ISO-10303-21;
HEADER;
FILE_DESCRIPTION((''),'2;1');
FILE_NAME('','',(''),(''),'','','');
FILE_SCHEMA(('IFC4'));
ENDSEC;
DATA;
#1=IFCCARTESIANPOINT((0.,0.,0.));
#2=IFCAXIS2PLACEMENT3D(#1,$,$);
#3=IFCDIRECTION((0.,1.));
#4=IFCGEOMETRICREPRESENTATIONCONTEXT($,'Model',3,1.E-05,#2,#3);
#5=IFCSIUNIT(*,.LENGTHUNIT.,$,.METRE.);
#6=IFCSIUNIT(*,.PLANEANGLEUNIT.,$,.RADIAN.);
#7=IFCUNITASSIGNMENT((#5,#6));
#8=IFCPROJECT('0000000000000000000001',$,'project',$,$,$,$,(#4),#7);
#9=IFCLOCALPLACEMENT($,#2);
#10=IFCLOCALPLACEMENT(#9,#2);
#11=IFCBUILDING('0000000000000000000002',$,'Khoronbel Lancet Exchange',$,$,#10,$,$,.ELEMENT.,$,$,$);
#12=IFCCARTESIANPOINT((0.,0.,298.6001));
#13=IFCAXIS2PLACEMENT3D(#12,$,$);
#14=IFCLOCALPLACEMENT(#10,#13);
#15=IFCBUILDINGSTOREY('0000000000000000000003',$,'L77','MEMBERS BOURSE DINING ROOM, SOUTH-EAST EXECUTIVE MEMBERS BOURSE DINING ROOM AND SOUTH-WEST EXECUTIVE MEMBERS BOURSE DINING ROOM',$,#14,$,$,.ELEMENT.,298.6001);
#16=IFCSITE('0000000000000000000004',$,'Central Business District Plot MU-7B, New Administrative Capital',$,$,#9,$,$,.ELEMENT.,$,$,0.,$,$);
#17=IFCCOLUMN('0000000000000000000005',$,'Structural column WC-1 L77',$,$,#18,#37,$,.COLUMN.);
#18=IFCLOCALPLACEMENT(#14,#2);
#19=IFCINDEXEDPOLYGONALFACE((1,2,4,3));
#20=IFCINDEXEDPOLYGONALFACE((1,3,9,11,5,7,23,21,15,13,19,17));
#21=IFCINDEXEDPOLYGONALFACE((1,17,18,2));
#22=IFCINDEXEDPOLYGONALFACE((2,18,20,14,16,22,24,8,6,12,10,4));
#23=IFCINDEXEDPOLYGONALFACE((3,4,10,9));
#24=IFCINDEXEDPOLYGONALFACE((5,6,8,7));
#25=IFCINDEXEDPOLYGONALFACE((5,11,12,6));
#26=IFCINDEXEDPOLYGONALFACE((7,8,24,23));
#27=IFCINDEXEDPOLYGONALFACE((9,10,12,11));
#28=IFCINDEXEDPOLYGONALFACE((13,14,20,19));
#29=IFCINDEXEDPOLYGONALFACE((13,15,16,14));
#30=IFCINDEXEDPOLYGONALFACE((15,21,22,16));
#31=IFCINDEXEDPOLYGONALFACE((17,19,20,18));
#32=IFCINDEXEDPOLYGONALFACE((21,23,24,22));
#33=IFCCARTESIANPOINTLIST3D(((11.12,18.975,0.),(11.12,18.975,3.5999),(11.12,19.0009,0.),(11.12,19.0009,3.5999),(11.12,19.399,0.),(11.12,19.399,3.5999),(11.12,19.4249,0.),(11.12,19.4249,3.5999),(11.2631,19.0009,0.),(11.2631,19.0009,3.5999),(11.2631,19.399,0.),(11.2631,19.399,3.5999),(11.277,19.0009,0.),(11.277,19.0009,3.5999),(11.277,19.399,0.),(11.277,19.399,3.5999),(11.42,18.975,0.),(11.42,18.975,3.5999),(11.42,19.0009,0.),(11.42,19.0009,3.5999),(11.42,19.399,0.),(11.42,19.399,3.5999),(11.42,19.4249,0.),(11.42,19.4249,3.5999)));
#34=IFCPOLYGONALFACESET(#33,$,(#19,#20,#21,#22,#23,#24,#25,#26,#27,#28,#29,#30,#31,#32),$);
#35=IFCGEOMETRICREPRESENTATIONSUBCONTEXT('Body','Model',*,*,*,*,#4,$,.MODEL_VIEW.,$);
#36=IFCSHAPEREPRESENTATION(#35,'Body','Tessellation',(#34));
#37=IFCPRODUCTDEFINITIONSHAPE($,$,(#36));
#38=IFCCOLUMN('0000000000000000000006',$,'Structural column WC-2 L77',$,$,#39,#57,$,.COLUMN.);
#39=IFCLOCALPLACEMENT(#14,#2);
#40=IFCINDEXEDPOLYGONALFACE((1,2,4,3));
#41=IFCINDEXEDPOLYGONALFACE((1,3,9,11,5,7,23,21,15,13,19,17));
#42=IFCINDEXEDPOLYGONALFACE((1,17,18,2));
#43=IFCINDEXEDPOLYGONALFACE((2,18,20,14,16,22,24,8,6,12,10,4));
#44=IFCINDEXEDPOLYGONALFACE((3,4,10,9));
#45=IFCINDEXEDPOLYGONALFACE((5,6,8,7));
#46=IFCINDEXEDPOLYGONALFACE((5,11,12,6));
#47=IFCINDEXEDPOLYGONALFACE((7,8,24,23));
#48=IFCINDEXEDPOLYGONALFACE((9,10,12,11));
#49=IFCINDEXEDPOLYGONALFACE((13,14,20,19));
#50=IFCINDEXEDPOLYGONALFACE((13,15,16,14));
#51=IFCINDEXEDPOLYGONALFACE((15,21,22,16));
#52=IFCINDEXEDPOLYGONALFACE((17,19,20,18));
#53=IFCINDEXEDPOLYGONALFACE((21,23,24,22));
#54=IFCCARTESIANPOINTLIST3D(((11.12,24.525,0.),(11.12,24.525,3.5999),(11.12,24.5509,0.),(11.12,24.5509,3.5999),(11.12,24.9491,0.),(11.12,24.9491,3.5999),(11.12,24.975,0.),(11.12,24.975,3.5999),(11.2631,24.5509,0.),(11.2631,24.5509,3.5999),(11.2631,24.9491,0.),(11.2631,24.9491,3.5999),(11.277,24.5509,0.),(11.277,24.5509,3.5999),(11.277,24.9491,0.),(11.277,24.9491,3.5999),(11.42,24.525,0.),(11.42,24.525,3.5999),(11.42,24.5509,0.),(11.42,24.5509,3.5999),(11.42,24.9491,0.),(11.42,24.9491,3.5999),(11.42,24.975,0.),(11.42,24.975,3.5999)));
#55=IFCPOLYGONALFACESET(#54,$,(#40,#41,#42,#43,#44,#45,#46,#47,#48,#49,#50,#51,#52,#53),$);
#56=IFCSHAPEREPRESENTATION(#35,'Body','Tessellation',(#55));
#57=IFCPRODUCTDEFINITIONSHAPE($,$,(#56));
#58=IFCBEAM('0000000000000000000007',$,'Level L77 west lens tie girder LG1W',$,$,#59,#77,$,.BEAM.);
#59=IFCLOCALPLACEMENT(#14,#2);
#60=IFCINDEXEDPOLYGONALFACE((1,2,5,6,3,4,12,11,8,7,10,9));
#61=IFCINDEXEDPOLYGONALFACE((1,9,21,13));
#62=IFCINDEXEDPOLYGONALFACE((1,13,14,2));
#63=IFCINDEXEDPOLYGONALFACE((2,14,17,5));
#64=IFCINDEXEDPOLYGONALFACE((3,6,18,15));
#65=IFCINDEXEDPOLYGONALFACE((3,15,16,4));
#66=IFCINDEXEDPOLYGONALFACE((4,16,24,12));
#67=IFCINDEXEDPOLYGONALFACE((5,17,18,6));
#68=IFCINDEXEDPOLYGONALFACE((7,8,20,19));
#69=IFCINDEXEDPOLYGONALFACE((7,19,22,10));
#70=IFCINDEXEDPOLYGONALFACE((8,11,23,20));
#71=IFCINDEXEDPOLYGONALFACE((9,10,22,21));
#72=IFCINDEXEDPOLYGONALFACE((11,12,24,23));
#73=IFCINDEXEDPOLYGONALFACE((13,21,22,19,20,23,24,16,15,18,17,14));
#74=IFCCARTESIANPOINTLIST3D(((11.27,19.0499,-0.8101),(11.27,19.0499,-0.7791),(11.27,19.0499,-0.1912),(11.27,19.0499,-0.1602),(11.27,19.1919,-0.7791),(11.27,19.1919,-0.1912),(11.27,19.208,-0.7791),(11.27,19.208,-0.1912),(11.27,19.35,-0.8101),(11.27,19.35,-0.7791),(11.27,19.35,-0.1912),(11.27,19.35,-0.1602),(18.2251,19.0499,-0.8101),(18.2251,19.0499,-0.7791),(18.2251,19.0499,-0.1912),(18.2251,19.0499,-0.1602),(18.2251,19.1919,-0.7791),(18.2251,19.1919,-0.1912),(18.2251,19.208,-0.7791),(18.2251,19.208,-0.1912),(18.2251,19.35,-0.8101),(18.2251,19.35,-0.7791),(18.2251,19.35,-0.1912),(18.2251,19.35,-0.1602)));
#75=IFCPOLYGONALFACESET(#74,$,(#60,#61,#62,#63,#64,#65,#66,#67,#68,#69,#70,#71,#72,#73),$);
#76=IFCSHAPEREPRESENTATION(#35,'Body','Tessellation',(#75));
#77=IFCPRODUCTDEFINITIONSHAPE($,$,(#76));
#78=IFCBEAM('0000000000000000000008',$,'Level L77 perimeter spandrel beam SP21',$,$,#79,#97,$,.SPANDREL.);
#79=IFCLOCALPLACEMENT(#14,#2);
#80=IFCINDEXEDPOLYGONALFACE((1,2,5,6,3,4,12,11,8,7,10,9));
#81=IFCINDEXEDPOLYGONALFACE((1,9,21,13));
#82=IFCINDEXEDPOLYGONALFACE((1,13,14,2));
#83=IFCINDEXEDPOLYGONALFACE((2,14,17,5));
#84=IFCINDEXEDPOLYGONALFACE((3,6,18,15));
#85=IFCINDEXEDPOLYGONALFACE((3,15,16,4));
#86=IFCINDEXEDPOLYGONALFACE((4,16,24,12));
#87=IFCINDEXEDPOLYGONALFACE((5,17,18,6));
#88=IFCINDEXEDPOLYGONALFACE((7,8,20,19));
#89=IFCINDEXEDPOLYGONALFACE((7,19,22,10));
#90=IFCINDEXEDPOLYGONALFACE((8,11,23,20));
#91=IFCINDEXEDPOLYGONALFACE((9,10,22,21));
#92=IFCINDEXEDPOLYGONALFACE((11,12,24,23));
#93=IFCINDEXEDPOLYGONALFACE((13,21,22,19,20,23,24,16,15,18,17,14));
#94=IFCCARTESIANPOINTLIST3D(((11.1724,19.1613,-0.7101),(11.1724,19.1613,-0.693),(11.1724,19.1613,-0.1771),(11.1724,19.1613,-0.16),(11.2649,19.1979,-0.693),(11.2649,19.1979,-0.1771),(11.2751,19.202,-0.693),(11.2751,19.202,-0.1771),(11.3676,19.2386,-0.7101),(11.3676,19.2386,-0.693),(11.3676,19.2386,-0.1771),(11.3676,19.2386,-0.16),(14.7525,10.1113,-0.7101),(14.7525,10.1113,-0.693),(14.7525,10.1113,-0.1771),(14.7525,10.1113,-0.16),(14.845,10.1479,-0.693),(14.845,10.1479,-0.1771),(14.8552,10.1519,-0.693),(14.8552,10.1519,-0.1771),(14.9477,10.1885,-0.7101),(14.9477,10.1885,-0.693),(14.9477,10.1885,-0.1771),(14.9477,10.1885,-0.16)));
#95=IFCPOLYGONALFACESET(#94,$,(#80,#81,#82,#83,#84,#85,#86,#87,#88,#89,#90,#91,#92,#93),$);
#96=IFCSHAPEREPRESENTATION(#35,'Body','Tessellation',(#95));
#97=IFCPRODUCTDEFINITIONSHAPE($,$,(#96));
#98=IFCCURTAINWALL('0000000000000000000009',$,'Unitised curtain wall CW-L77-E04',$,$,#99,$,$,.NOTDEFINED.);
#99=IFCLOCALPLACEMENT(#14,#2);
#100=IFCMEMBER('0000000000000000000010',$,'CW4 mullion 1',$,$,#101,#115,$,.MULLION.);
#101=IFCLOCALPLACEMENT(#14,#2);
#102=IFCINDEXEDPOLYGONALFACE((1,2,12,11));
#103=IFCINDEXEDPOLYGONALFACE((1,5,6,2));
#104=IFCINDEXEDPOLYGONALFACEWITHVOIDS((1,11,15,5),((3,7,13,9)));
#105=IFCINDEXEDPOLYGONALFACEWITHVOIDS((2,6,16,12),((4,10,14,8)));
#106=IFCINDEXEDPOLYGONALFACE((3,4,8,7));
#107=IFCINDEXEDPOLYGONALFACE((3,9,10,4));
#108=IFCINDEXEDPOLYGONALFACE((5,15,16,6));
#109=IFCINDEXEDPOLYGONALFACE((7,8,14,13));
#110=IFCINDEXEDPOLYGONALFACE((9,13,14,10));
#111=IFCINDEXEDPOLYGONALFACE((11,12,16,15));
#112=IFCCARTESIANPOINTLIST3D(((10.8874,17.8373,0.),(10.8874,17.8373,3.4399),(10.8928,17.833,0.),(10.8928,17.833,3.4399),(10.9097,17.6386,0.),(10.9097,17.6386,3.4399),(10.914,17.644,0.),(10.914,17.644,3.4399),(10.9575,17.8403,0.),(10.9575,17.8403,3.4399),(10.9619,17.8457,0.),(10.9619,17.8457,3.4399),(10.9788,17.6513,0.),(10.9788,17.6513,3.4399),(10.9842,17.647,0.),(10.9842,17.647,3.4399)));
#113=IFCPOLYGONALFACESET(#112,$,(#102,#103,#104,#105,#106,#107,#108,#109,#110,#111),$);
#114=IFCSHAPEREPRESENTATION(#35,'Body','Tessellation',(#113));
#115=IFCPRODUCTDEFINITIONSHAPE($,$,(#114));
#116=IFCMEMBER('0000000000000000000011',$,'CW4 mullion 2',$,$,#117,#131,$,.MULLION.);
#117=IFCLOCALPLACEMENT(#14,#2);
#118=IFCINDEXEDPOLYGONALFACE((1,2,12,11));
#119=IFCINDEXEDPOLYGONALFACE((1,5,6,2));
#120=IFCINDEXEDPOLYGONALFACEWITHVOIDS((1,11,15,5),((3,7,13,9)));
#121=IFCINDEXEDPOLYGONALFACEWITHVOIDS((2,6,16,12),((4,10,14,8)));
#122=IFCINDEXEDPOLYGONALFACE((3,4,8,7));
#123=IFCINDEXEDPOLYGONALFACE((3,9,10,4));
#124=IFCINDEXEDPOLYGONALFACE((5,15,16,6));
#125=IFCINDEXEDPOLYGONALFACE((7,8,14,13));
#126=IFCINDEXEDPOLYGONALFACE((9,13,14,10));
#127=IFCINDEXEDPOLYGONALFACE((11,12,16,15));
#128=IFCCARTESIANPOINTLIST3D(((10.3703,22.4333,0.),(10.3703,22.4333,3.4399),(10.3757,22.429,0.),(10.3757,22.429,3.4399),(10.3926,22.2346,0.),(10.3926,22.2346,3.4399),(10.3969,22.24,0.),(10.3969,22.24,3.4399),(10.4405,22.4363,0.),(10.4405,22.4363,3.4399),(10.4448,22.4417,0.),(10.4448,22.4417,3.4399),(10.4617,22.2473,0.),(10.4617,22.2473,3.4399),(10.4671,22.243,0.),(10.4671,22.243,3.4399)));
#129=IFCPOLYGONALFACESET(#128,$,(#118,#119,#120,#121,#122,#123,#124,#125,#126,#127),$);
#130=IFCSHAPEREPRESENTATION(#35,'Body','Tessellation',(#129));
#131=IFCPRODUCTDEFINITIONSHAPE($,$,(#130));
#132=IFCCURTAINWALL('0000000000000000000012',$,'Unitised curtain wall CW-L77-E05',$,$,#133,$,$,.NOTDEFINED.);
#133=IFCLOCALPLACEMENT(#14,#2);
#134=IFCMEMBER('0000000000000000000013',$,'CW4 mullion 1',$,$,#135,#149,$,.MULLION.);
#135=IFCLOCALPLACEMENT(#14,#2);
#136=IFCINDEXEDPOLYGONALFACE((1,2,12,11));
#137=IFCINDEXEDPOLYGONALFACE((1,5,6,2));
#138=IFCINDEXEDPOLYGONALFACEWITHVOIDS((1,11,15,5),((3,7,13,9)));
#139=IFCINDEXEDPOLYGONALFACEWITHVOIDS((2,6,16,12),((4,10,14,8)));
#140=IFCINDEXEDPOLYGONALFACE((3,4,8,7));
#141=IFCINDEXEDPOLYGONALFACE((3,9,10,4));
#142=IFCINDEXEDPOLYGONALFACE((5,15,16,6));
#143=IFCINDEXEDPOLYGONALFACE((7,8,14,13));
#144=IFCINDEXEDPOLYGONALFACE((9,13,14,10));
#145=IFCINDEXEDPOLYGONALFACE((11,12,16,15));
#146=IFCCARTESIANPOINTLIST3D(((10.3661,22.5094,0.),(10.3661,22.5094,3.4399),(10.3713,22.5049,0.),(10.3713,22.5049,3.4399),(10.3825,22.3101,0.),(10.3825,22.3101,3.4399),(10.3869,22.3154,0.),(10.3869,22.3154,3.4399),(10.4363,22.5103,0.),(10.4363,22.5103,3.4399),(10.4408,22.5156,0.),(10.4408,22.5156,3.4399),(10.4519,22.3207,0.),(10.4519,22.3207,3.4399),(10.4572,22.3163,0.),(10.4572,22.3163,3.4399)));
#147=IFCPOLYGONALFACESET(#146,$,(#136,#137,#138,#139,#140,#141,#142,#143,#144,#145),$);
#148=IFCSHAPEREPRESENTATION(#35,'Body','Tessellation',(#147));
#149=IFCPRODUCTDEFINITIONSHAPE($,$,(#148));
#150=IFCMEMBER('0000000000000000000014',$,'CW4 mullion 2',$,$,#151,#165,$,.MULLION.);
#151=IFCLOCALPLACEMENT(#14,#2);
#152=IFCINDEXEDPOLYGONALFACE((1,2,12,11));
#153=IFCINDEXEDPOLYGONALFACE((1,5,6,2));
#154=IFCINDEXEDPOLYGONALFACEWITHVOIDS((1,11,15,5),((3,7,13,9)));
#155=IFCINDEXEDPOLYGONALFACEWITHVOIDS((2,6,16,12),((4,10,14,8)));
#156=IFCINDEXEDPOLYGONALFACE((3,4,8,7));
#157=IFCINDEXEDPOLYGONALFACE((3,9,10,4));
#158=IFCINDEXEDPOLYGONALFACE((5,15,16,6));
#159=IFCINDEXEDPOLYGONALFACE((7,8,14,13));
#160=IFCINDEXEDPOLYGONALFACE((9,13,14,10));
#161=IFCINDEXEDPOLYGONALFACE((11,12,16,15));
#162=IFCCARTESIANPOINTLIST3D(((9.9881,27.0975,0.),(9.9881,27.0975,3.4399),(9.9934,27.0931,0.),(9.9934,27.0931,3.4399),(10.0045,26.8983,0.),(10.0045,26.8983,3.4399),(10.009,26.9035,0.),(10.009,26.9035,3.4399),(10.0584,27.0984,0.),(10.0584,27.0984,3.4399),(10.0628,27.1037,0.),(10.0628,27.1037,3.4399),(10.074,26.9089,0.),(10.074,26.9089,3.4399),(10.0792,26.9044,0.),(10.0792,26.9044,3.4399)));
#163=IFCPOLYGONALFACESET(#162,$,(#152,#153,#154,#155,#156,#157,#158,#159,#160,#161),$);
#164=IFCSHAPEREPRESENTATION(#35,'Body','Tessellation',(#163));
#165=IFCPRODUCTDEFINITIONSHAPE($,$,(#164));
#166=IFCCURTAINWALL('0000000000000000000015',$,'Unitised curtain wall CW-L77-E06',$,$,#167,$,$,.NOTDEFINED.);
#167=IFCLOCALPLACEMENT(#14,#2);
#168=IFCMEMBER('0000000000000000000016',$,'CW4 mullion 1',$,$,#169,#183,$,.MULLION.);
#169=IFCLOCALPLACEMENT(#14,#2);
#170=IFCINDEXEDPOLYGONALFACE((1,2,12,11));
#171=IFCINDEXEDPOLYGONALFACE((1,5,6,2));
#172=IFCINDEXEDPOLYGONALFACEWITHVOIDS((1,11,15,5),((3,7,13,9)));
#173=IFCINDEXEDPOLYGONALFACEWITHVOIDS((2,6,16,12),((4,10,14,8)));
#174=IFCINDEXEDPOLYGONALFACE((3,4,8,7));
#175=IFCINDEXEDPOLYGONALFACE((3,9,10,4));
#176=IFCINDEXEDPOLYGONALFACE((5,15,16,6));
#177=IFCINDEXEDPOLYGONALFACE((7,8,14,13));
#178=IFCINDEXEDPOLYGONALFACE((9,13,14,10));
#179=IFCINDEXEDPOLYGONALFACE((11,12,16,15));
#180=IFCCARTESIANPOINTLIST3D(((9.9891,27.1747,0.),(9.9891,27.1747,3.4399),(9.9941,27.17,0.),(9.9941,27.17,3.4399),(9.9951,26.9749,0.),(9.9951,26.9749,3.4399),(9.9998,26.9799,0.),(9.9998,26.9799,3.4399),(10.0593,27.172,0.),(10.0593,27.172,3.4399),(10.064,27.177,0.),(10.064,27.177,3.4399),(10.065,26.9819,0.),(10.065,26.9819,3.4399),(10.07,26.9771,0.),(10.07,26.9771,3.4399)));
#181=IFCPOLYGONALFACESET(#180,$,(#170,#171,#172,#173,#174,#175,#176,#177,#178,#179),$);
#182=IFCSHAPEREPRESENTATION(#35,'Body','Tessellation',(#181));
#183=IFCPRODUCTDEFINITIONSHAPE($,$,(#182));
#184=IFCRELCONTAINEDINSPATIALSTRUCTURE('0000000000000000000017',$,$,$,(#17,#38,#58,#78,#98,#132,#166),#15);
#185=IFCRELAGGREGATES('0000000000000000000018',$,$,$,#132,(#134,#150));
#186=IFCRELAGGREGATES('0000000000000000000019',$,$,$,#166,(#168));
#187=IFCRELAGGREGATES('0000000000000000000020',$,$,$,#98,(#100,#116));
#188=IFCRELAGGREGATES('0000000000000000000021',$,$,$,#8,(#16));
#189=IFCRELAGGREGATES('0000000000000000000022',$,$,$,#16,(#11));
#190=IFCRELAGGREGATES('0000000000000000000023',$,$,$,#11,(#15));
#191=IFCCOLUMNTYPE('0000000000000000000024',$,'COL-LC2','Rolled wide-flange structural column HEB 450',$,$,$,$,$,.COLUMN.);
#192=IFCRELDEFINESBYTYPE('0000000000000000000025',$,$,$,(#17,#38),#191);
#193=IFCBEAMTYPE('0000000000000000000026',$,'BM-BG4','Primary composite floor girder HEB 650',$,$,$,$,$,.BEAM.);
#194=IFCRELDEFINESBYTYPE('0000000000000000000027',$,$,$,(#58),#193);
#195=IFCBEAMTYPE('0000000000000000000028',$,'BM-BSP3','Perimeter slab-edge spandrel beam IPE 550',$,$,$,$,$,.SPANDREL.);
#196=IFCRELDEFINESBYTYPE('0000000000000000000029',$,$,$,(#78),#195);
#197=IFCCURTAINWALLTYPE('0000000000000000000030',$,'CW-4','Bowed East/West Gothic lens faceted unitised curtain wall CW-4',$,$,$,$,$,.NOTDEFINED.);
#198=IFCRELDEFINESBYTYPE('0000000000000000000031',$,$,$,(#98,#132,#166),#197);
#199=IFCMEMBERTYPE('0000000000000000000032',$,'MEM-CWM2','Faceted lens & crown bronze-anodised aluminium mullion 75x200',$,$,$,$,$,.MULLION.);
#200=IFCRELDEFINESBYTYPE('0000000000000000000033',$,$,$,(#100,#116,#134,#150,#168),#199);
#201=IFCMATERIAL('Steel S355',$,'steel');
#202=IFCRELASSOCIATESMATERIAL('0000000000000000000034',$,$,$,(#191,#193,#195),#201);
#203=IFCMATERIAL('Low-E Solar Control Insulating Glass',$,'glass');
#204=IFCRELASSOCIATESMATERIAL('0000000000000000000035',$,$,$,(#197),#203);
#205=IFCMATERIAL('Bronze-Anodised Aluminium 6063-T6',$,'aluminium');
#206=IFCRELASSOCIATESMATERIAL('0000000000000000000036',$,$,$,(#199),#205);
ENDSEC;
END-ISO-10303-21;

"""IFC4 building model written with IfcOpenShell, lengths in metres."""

from ifc_helpers import new_model, si_unit, direction, frame, origin, origin_2d, place, context, subcontext, project, spatial, hollow_rectangle, i_section, extrude, material, material_profile, profile_set, type_object, element, aggregate, save


model = new_model("IFC4")

# Units and contexts
model_context = context("Model", 3, precision=1e-05, world=origin(), true_north=direction((0.0, 1.0)))
body_context = subcontext(model_context, "Body", "Model", "MODEL_VIEW")
ifc_project = project(units=[si_unit("LENGTHUNIT", "METRE"), si_unit("PLANEANGLEUNIT", "RADIAN")], contexts=[model_context])

# Site, building, storey
site_placement = place(None, origin())
site = spatial("IfcSite", under=ifc_project, at=site_placement, Name="Central Business District Plot MU-7B, New Administrative Capital", CompositionType="ELEMENT", RefElevation=0.0)
building_placement = place(site_placement, origin())
building = spatial("IfcBuilding", under=site, at=building_placement, Name="Khoronbel Lancet Exchange", CompositionType="ELEMENT")
storey_placement = place(building_placement, frame((0.0, 0.0, 298.6001)))
storey = spatial("IfcBuildingStorey", under=building, at=storey_placement, Name="L77", Description="MEMBERS BOURSE DINING ROOM, SOUTH-EAST EXECUTIVE MEMBERS BOURSE DINING ROOM AND SOUTH-WEST EXECUTIVE MEMBERS BOURSE DINING ROOM", CompositionType="ELEMENT", Elevation=298.6001)

# Columns
ifc_material_1 = material(Name="Steel S355", Category="steel")
ifc_material_profile_1 = material_profile(ifc_material_1, i_section(OverallWidth=0.3, OverallDepth=0.45, WebThickness=0.0139, FlangeThickness=0.0259, at=origin_2d()), Name="HEB 450")
ifc_profile_set_1 = profile_set([ifc_material_profile_1], Name="Steel S355")
column_type = type_object("IfcColumnType", Name="COL-LC2", Description="Rolled wide-flange structural column HEB 450", PredefinedType="COLUMN", material=ifc_profile_set_1)
for number, where, z_axis, x_axis, name in (
    (1, (11.27, 19.2, 0.0), (0.0, 0.0, 1.0), (1.0, 0.0, 0.0), "Structural column WC-1 L77"),
    (2, (11.27, 24.75, 0.0), (0.0, 0.0, 1.0), (1.0, 0.0, 0.0), "Structural column WC-2 L77"),
):
    element("IfcColumn", number, at=place(storey_placement, frame(where, z_axis=z_axis, x_axis=x_axis)), inside=storey, type_object=column_type, Name=name, PredefinedType="COLUMN", context=body_context, shape_type="SweptSolid", body=[
        extrude(i_section(OverallWidth=0.3, OverallDepth=0.45, WebThickness=0.0139, FlangeThickness=0.0259, at=origin_2d()), origin(), (0.0, 0.0, 1.0), 3.5999),
    ])

# Beams
ifc_material_profile_2 = material_profile(ifc_material_1, i_section(OverallWidth=0.3, OverallDepth=0.6499, WebThickness=0.0161, FlangeThickness=0.031, at=origin_2d()), Name="HEB 650")
ifc_profile_set_2 = profile_set([ifc_material_profile_2], Name="Steel S355")
beam_type_1 = type_object("IfcBeamType", Name="BM-BG4", Description="Primary composite floor girder HEB 650", PredefinedType="BEAM", material=ifc_profile_set_2)
beam_1_placement = place(storey_placement, frame((11.27, 19.2, -0.4851), z_axis=(1.0, 0.0, 0.0), x_axis=(0.0, 1.0, 0.0)))
element("IfcBeam", 3, at=beam_1_placement, inside=storey, type_object=beam_type_1, Name="Level L77 west lens tie girder LG1W", PredefinedType="BEAM", context=body_context, shape_type="SweptSolid", body=[
    extrude(i_section(OverallWidth=0.3, OverallDepth=0.6499, WebThickness=0.0161, FlangeThickness=0.031, at=origin_2d()), origin(), (0.0, 0.0, 1.0), 6.9551),
])
ifc_material_profile_3 = material_profile(ifc_material_1, i_section(OverallWidth=0.21, OverallDepth=0.55, WebThickness=0.011, FlangeThickness=0.0171, at=origin_2d()), Name="IPE 550")
ifc_profile_set_3 = profile_set([ifc_material_profile_3], Name="Steel S355")
beam_type_2 = type_object("IfcBeamType", Name="BM-BSP3", Description="Perimeter slab-edge spandrel beam IPE 550", PredefinedType="SPANDREL", material=ifc_profile_set_3)
beam_2_placement = place(storey_placement, frame((11.27, 19.2, -0.4351), z_axis=(0.36785, -0.929885, 0.0), x_axis=(0.929885, 0.36785, 0.0)))
element("IfcBeam", 4, at=beam_2_placement, inside=storey, type_object=beam_type_2, Name="Level L77 perimeter spandrel beam SP21", PredefinedType="SPANDREL", context=body_context, shape_type="SweptSolid", body=[
    extrude(i_section(OverallWidth=0.21, OverallDepth=0.55, WebThickness=0.011, FlangeThickness=0.0171, at=origin_2d()), origin(), (0.0, 0.0, 1.0), 9.7324),
])

# Curtain walls, members
ifc_material_2 = material(Name="Low-E Solar Control Insulating Glass", Category="glass")
curtain_wall_type = type_object("IfcCurtainWallType", Name="CW-4", Description="Bowed East/West Gothic lens faceted unitised curtain wall CW-4", PredefinedType="NOTDEFINED", material=ifc_material_2)
curtain_wall_1_placement = place(storey_placement, origin())
curtain_wall_1 = element("IfcCurtainWall", 5, at=curtain_wall_1_placement, inside=storey, type_object=curtain_wall_type, Name="Unitised curtain wall CW-L77-E04", PredefinedType="NOTDEFINED")
ifc_material_3 = material(Name="Bronze-Anodised Aluminium 6063-T6", Category="aluminium")
ifc_material_profile_4 = material_profile(ifc_material_3, hollow_rectangle(XDim=0.075, YDim=0.2, WallThickness=0.0049, at=origin_2d()), Name="ALU MULLION 75x200")
ifc_profile_set_4 = profile_set([ifc_material_profile_4], Name="Bronze-Anodised Aluminium 6063-T6")
member_type_1 = type_object("IfcMemberType", Name="MEM-CWM2", Description="Faceted lens & crown bronze-anodised aluminium mullion 75x200", PredefinedType="MULLION", material=ifc_profile_set_4)
member_1_placement = place(storey_placement, frame((10.9358, 17.7422, 0.0), z_axis=(0.0, 0.0, 1.0), x_axis=(-0.993732, -0.111791, 0.0)))
member_1 = element("IfcMember", 6, at=member_1_placement, type_object=member_type_1, Name="CW4 mullion 1", PredefinedType="MULLION", context=body_context, shape_type="SweptSolid", body=[
    extrude(hollow_rectangle(XDim=0.075, YDim=0.2, WallThickness=0.0049, at=origin_2d()), origin(), (0.0, 0.0, 1.0), 3.4399),
])
member_2_placement = place(storey_placement, frame((10.4187, 22.3381, 0.0), z_axis=(0.0, 0.0, 1.0), x_axis=(-0.993732, -0.111791, 0.0)))
member_2 = element("IfcMember", 7, at=member_2_placement, type_object=member_type_1, Name="CW4 mullion 2", PredefinedType="MULLION", context=body_context, shape_type="SweptSolid", body=[
    extrude(hollow_rectangle(XDim=0.075, YDim=0.2, WallThickness=0.0049, at=origin_2d()), origin(), (0.0, 0.0, 1.0), 3.4399),
])
curtain_wall_2_placement = place(storey_placement, origin())
curtain_wall_2 = element("IfcCurtainWall", 8, at=curtain_wall_2_placement, inside=storey, type_object=curtain_wall_type, Name="Unitised curtain wall CW-L77-E05", PredefinedType="NOTDEFINED")
member_3_placement = place(storey_placement, frame((10.4116, 22.4128, 0.0), z_axis=(0.0, 0.0, 1.0), x_axis=(-0.996626, -0.082073, 0.0)))
member_3 = element("IfcMember", 9, at=member_3_placement, type_object=member_type_1, Name="CW4 mullion 1", PredefinedType="MULLION", context=body_context, shape_type="SweptSolid", body=[
    extrude(hollow_rectangle(XDim=0.075, YDim=0.2, WallThickness=0.0049, at=origin_2d()), origin(), (0.0, 0.0, 1.0), 3.4399),
])
member_4_placement = place(storey_placement, frame((10.0337, 27.001, 0.0), z_axis=(0.0, 0.0, 1.0), x_axis=(-0.996626, -0.082073, 0.0)))
member_4 = element("IfcMember", 10, at=member_4_placement, type_object=member_type_1, Name="CW4 mullion 2", PredefinedType="MULLION", context=body_context, shape_type="SweptSolid", body=[
    extrude(hollow_rectangle(XDim=0.075, YDim=0.2, WallThickness=0.0049, at=origin_2d()), origin(), (0.0, 0.0, 1.0), 3.4399),
])
curtain_wall_3_placement = place(storey_placement, origin())
curtain_wall_3 = element("IfcCurtainWall", 11, at=curtain_wall_3_placement, inside=storey, type_object=curtain_wall_type, Name="Unitised curtain wall CW-L77-E06", PredefinedType="NOTDEFINED")
member_5_placement = place(storey_placement, frame((10.0295, 27.0759, 0.0), z_axis=(0.0, 0.0, 1.0), x_axis=(-0.999545, -0.030148, 0.0)))
member_5 = element("IfcMember", 12, at=member_5_placement, type_object=member_type_1, Name="CW4 mullion 1", PredefinedType="MULLION", context=body_context, shape_type="SweptSolid", body=[
    extrude(hollow_rectangle(XDim=0.075, YDim=0.2, WallThickness=0.0049, at=origin_2d()), origin(), (0.0, 0.0, 1.0), 3.4399),
])

aggregate(curtain_wall_2, [member_3, member_4])
aggregate(curtain_wall_3, [member_5])
aggregate(curtain_wall_1, [member_1, member_2])

save(model, "model.ifc")
